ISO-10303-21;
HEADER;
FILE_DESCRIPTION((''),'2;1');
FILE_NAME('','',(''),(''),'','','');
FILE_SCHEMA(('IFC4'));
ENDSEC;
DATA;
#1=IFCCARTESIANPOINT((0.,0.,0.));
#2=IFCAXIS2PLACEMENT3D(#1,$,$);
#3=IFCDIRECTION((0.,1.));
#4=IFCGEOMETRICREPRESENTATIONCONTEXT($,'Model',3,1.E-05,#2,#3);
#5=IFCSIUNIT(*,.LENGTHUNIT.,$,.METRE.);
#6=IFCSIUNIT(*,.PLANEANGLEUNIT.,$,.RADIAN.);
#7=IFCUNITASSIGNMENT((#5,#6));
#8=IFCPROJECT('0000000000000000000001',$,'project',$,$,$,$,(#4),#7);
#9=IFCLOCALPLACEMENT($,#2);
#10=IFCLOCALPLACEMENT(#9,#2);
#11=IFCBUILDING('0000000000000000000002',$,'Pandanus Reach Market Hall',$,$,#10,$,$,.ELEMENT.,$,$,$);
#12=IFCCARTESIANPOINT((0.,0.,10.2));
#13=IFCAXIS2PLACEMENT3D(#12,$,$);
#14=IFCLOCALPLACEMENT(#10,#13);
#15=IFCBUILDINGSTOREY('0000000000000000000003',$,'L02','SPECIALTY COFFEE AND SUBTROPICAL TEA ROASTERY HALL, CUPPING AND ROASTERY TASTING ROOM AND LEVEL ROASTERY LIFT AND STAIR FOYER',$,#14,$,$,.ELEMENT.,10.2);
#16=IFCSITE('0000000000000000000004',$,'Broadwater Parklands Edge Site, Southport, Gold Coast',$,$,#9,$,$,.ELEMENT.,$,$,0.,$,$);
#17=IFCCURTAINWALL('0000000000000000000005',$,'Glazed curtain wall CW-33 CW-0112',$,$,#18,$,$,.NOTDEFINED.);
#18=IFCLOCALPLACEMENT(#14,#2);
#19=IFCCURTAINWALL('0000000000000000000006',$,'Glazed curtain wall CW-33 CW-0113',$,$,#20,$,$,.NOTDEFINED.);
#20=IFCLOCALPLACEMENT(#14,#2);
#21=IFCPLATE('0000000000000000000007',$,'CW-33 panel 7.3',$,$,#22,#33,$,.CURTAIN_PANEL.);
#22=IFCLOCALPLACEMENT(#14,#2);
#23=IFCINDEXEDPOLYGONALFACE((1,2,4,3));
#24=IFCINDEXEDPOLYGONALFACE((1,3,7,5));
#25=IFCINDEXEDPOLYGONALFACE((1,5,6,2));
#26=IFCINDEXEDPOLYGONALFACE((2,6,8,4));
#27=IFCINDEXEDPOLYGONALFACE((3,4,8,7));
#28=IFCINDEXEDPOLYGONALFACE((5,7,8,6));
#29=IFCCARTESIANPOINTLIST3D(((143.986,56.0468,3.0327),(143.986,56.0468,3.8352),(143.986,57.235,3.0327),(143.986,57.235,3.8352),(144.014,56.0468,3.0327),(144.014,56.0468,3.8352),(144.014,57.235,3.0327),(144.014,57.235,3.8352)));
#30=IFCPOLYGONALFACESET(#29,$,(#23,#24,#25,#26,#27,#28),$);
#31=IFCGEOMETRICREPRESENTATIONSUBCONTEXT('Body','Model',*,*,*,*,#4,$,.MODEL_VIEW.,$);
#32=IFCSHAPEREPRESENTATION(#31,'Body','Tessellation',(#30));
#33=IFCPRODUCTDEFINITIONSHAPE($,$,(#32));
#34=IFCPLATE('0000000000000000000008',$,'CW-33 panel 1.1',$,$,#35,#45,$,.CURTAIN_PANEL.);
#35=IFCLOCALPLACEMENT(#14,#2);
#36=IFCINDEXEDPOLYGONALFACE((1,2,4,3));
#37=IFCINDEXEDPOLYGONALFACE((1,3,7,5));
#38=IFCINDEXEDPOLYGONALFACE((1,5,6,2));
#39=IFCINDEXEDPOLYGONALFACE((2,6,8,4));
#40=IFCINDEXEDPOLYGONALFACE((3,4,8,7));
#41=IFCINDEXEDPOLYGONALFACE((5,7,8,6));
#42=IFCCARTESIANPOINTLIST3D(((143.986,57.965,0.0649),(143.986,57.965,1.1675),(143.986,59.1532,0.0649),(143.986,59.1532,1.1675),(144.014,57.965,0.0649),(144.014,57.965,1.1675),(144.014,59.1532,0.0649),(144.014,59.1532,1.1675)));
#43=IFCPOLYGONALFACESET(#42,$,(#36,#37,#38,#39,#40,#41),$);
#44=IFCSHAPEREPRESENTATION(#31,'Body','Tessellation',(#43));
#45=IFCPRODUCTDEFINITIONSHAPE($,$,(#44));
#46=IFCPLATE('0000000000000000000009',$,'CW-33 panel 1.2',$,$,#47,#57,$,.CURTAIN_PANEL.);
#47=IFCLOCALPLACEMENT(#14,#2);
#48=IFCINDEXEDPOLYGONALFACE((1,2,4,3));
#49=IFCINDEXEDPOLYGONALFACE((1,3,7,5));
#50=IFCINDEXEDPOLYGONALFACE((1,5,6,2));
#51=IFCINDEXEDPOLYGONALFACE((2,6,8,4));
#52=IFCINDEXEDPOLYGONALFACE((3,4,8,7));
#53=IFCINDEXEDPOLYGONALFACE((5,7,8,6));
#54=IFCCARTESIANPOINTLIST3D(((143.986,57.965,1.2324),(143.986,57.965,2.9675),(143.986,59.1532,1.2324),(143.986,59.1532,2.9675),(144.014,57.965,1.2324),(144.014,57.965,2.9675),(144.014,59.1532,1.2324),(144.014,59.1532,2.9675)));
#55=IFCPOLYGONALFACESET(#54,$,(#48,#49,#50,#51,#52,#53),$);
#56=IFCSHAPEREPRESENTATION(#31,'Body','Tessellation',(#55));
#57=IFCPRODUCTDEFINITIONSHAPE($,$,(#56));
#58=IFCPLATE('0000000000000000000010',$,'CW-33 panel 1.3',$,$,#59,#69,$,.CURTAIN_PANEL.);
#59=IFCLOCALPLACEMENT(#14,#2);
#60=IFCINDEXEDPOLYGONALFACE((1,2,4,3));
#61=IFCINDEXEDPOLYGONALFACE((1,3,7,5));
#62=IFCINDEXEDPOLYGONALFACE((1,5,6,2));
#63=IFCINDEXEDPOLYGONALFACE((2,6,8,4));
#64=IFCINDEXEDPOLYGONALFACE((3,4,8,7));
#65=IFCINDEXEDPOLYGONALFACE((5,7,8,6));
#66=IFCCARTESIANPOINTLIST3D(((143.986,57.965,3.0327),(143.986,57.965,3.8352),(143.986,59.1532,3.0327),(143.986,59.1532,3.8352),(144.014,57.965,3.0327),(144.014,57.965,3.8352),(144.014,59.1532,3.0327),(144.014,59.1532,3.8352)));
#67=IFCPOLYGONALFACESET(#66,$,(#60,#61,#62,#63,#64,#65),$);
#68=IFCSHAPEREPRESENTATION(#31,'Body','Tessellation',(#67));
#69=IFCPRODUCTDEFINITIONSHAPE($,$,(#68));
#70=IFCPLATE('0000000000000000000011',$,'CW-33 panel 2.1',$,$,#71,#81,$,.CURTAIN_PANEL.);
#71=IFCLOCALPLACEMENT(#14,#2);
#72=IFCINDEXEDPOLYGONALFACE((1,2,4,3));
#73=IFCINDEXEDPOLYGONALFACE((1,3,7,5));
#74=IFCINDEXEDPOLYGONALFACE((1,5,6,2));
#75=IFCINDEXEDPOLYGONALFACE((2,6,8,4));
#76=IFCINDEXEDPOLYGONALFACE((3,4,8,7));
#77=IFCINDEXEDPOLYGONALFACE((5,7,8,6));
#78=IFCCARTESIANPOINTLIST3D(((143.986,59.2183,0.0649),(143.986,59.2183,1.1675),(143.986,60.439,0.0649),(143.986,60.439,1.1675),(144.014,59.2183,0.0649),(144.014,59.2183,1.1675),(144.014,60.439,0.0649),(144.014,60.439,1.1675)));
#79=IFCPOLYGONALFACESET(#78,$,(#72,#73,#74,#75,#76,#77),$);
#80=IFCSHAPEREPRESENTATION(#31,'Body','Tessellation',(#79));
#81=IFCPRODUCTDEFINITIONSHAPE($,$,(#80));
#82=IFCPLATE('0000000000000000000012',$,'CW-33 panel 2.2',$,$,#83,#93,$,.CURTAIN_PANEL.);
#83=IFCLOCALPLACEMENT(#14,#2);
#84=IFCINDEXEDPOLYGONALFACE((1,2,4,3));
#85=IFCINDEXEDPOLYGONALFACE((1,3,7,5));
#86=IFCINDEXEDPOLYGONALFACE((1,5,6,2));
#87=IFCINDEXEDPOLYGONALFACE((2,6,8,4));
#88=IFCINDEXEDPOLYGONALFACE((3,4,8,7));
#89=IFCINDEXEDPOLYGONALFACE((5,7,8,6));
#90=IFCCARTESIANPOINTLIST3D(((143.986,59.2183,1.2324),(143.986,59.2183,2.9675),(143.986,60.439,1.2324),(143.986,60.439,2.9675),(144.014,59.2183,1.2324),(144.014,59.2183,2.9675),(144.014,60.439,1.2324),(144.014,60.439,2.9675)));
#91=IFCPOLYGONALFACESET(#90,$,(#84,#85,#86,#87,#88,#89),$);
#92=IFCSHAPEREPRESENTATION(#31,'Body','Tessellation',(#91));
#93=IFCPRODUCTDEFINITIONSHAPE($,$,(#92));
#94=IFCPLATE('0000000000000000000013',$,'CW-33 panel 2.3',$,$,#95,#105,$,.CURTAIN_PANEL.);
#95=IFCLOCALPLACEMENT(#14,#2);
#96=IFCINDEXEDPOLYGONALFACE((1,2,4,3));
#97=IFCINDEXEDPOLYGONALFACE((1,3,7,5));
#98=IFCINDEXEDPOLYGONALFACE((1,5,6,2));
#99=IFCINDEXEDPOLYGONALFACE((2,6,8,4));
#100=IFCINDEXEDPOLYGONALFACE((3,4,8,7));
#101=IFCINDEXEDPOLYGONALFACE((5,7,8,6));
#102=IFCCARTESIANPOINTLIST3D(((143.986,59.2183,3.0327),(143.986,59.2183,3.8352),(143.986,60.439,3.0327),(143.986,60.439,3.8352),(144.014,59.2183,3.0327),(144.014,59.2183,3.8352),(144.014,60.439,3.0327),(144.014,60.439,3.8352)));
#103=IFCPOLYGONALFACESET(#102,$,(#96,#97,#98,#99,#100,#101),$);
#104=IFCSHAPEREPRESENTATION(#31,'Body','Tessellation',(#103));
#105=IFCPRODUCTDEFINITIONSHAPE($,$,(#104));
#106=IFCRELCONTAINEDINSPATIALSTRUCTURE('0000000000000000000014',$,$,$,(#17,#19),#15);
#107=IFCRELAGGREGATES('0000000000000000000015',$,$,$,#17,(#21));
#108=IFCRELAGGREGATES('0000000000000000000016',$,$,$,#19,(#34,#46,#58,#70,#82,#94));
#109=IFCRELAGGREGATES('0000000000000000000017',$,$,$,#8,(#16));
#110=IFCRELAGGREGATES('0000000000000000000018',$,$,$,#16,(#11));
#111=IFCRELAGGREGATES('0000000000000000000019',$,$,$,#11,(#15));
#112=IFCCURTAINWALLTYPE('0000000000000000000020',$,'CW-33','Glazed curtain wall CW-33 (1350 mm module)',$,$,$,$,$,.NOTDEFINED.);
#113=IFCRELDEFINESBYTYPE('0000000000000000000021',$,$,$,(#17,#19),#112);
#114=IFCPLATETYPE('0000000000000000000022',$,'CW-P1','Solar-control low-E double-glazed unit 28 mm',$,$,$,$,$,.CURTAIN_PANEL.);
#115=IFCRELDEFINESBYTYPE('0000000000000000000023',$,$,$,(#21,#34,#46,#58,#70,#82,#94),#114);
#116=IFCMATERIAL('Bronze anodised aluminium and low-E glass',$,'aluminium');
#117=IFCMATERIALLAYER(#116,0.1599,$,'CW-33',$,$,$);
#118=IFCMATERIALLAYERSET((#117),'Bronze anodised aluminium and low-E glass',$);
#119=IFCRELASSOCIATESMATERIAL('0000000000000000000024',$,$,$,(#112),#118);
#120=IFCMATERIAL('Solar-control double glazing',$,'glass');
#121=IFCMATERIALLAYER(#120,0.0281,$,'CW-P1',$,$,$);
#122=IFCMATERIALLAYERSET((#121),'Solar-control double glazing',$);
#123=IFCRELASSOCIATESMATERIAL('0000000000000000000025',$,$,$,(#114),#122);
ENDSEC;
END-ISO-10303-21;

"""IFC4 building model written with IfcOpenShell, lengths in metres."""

from ifc_helpers import new_model, si_unit, direction, frame, origin, origin_2d, place, context, subcontext, project, spatial, rectangle, extrude, material, layer, layer_set, type_object, element, aggregate, save


model = new_model("IFC4")

# Units and contexts
model_context = context("Model", 3, precision=1e-05, world=origin(), true_north=direction((0.0, 1.0)))
body_context = subcontext(model_context, "Body", "Model", "MODEL_VIEW")
ifc_project = project(units=[si_unit("LENGTHUNIT", "METRE"), si_unit("PLANEANGLEUNIT", "RADIAN")], contexts=[model_context])

# Site, building, storey
site_placement = place(None, origin())
site = spatial("IfcSite", under=ifc_project, at=site_placement, Name="Broadwater Parklands Edge Site, Southport, Gold Coast", CompositionType="ELEMENT", RefElevation=0.0)
building_placement = place(site_placement, origin())
building = spatial("IfcBuilding", under=site, at=building_placement, Name="Pandanus Reach Market Hall", CompositionType="ELEMENT")
storey_placement = place(building_placement, frame((0.0, 0.0, 10.2)))
storey = spatial("IfcBuildingStorey", under=building, at=storey_placement, Name="L02", Description="SPECIALTY COFFEE AND SUBTROPICAL TEA ROASTERY HALL, CUPPING AND ROASTERY TASTING ROOM AND LEVEL ROASTERY LIFT AND STAIR FOYER", CompositionType="ELEMENT", Elevation=10.2)

# Curtain wall
ifc_material_1 = material(Name="Bronze anodised aluminium and low-E glass", Category="aluminium")
ifc_layer_1 = layer(ifc_material_1, 0.1599, Name="CW-33")
ifc_layer_set_1 = layer_set([ifc_layer_1], Name="Bronze anodised aluminium and low-E glass")
curtain_wall_type = type_object("IfcCurtainWallType", Name="CW-33", Description="Glazed curtain wall CW-33 (1350 mm module)", PredefinedType="NOTDEFINED", material=ifc_layer_set_1)
curtain_wall_1_placement = place(storey_placement, origin())
curtain_wall_1 = element("IfcCurtainWall", 1, at=curtain_wall_1_placement, inside=storey, type_object=curtain_wall_type, Name="Glazed curtain wall CW-33 CW-0112", PredefinedType="NOTDEFINED")

# Curtain wall
curtain_wall_2_placement = place(storey_placement, origin())
curtain_wall_2 = element("IfcCurtainWall", 2, at=curtain_wall_2_placement, inside=storey, type_object=curtain_wall_type, Name="Glazed curtain wall CW-33 CW-0113", PredefinedType="NOTDEFINED")

# Plates
ifc_material_2 = material(Name="Solar-control double glazing", Category="glass")
ifc_layer_2 = layer(ifc_material_2, 0.0281, Name="CW-P1")
ifc_layer_set_2 = layer_set([ifc_layer_2], Name="Solar-control double glazing")
plate_type = type_object("IfcPlateType", Name="CW-P1", Description="Solar-control low-E double-glazed unit 28 mm", PredefinedType="CURTAIN_PANEL", material=ifc_layer_set_2)
plate_1_placement = place(storey_placement, frame((144.0, 56.6409, 3.0327), z_axis=(0.0, 0.0, 1.0), x_axis=(0.0, 1.0, 0.0)))
plate_1 = element("IfcPlate", 3, at=plate_1_placement, type_object=plate_type, Name="CW-33 panel 7.3", PredefinedType="CURTAIN_PANEL", context=body_context, shape_type="SweptSolid", body=[
    extrude(rectangle(XDim=1.1882, YDim=0.0281, at=origin_2d()), origin(), (0.0, 0.0, 1.0), 0.8025),
])
aggregate(curtain_wall_1, [plate_1])
plate_2_placement = place(storey_placement, frame((144.0, 58.5591, 0.0649), z_axis=(0.0, 0.0, 1.0), x_axis=(0.0, 1.0, 0.0)))
plate_2 = element("IfcPlate", 4, at=plate_2_placement, type_object=plate_type, Name="CW-33 panel 1.1", PredefinedType="CURTAIN_PANEL", context=body_context, shape_type="SweptSolid", body=[
    extrude(rectangle(XDim=1.1882, YDim=0.0281, at=origin_2d()), origin(), (0.0, 0.0, 1.0), 1.1025),
])
plate_3_placement = place(storey_placement, frame((144.0, 58.5591, 1.2324), z_axis=(0.0, 0.0, 1.0), x_axis=(0.0, 1.0, 0.0)))
plate_3 = element("IfcPlate", 5, at=plate_3_placement, type_object=plate_type, Name="CW-33 panel 1.2", PredefinedType="CURTAIN_PANEL", context=body_context, shape_type="SweptSolid", body=[
    extrude(rectangle(XDim=1.1882, YDim=0.0281, at=origin_2d()), origin(), (0.0, 0.0, 1.0), 1.7351),
])
plate_4_placement = place(storey_placement, frame((144.0, 58.5591, 3.0327), z_axis=(0.0, 0.0, 1.0), x_axis=(0.0, 1.0, 0.0)))
plate_4 = element("IfcPlate", 6, at=plate_4_placement, type_object=plate_type, Name="CW-33 panel 1.3", PredefinedType="CURTAIN_PANEL", context=body_context, shape_type="SweptSolid", body=[
    extrude(rectangle(XDim=1.1882, YDim=0.0281, at=origin_2d()), origin(), (0.0, 0.0, 1.0), 0.8025),
])
plate_5_placement = place(storey_placement, frame((144.0, 59.8286, 0.0649), z_axis=(0.0, 0.0, 1.0), x_axis=(0.0, 1.0, 0.0)))
plate_5 = element("IfcPlate", 7, at=plate_5_placement, type_object=plate_type, Name="CW-33 panel 2.1", PredefinedType="CURTAIN_PANEL", context=body_context, shape_type="SweptSolid", body=[
    extrude(rectangle(XDim=1.2207, YDim=0.0281, at=origin_2d()), origin(), (0.0, 0.0, 1.0), 1.1025),
])
plate_6_placement = place(storey_placement, frame((144.0, 59.8286, 1.2324), z_axis=(0.0, 0.0, 1.0), x_axis=(0.0, 1.0, 0.0)))
plate_6 = element("IfcPlate", 8, at=plate_6_placement, type_object=plate_type, Name="CW-33 panel 2.2", PredefinedType="CURTAIN_PANEL", context=body_context, shape_type="SweptSolid", body=[
    extrude(rectangle(XDim=1.2207, YDim=0.0281, at=origin_2d()), origin(), (0.0, 0.0, 1.0), 1.7351),
])
plate_7_placement = place(storey_placement, frame((144.0, 59.8286, 3.0327), z_axis=(0.0, 0.0, 1.0), x_axis=(0.0, 1.0, 0.0)))
plate_7 = element("IfcPlate", 9, at=plate_7_placement, type_object=plate_type, Name="CW-33 panel 2.3", PredefinedType="CURTAIN_PANEL", context=body_context, shape_type="SweptSolid", body=[
    extrude(rectangle(XDim=1.2207, YDim=0.0281, at=origin_2d()), origin(), (0.0, 0.0, 1.0), 0.8025),
])
aggregate(curtain_wall_2, [plate_2, plate_3, plate_4, plate_5, plate_6, plate_7])

save(model, "model.ifc")
